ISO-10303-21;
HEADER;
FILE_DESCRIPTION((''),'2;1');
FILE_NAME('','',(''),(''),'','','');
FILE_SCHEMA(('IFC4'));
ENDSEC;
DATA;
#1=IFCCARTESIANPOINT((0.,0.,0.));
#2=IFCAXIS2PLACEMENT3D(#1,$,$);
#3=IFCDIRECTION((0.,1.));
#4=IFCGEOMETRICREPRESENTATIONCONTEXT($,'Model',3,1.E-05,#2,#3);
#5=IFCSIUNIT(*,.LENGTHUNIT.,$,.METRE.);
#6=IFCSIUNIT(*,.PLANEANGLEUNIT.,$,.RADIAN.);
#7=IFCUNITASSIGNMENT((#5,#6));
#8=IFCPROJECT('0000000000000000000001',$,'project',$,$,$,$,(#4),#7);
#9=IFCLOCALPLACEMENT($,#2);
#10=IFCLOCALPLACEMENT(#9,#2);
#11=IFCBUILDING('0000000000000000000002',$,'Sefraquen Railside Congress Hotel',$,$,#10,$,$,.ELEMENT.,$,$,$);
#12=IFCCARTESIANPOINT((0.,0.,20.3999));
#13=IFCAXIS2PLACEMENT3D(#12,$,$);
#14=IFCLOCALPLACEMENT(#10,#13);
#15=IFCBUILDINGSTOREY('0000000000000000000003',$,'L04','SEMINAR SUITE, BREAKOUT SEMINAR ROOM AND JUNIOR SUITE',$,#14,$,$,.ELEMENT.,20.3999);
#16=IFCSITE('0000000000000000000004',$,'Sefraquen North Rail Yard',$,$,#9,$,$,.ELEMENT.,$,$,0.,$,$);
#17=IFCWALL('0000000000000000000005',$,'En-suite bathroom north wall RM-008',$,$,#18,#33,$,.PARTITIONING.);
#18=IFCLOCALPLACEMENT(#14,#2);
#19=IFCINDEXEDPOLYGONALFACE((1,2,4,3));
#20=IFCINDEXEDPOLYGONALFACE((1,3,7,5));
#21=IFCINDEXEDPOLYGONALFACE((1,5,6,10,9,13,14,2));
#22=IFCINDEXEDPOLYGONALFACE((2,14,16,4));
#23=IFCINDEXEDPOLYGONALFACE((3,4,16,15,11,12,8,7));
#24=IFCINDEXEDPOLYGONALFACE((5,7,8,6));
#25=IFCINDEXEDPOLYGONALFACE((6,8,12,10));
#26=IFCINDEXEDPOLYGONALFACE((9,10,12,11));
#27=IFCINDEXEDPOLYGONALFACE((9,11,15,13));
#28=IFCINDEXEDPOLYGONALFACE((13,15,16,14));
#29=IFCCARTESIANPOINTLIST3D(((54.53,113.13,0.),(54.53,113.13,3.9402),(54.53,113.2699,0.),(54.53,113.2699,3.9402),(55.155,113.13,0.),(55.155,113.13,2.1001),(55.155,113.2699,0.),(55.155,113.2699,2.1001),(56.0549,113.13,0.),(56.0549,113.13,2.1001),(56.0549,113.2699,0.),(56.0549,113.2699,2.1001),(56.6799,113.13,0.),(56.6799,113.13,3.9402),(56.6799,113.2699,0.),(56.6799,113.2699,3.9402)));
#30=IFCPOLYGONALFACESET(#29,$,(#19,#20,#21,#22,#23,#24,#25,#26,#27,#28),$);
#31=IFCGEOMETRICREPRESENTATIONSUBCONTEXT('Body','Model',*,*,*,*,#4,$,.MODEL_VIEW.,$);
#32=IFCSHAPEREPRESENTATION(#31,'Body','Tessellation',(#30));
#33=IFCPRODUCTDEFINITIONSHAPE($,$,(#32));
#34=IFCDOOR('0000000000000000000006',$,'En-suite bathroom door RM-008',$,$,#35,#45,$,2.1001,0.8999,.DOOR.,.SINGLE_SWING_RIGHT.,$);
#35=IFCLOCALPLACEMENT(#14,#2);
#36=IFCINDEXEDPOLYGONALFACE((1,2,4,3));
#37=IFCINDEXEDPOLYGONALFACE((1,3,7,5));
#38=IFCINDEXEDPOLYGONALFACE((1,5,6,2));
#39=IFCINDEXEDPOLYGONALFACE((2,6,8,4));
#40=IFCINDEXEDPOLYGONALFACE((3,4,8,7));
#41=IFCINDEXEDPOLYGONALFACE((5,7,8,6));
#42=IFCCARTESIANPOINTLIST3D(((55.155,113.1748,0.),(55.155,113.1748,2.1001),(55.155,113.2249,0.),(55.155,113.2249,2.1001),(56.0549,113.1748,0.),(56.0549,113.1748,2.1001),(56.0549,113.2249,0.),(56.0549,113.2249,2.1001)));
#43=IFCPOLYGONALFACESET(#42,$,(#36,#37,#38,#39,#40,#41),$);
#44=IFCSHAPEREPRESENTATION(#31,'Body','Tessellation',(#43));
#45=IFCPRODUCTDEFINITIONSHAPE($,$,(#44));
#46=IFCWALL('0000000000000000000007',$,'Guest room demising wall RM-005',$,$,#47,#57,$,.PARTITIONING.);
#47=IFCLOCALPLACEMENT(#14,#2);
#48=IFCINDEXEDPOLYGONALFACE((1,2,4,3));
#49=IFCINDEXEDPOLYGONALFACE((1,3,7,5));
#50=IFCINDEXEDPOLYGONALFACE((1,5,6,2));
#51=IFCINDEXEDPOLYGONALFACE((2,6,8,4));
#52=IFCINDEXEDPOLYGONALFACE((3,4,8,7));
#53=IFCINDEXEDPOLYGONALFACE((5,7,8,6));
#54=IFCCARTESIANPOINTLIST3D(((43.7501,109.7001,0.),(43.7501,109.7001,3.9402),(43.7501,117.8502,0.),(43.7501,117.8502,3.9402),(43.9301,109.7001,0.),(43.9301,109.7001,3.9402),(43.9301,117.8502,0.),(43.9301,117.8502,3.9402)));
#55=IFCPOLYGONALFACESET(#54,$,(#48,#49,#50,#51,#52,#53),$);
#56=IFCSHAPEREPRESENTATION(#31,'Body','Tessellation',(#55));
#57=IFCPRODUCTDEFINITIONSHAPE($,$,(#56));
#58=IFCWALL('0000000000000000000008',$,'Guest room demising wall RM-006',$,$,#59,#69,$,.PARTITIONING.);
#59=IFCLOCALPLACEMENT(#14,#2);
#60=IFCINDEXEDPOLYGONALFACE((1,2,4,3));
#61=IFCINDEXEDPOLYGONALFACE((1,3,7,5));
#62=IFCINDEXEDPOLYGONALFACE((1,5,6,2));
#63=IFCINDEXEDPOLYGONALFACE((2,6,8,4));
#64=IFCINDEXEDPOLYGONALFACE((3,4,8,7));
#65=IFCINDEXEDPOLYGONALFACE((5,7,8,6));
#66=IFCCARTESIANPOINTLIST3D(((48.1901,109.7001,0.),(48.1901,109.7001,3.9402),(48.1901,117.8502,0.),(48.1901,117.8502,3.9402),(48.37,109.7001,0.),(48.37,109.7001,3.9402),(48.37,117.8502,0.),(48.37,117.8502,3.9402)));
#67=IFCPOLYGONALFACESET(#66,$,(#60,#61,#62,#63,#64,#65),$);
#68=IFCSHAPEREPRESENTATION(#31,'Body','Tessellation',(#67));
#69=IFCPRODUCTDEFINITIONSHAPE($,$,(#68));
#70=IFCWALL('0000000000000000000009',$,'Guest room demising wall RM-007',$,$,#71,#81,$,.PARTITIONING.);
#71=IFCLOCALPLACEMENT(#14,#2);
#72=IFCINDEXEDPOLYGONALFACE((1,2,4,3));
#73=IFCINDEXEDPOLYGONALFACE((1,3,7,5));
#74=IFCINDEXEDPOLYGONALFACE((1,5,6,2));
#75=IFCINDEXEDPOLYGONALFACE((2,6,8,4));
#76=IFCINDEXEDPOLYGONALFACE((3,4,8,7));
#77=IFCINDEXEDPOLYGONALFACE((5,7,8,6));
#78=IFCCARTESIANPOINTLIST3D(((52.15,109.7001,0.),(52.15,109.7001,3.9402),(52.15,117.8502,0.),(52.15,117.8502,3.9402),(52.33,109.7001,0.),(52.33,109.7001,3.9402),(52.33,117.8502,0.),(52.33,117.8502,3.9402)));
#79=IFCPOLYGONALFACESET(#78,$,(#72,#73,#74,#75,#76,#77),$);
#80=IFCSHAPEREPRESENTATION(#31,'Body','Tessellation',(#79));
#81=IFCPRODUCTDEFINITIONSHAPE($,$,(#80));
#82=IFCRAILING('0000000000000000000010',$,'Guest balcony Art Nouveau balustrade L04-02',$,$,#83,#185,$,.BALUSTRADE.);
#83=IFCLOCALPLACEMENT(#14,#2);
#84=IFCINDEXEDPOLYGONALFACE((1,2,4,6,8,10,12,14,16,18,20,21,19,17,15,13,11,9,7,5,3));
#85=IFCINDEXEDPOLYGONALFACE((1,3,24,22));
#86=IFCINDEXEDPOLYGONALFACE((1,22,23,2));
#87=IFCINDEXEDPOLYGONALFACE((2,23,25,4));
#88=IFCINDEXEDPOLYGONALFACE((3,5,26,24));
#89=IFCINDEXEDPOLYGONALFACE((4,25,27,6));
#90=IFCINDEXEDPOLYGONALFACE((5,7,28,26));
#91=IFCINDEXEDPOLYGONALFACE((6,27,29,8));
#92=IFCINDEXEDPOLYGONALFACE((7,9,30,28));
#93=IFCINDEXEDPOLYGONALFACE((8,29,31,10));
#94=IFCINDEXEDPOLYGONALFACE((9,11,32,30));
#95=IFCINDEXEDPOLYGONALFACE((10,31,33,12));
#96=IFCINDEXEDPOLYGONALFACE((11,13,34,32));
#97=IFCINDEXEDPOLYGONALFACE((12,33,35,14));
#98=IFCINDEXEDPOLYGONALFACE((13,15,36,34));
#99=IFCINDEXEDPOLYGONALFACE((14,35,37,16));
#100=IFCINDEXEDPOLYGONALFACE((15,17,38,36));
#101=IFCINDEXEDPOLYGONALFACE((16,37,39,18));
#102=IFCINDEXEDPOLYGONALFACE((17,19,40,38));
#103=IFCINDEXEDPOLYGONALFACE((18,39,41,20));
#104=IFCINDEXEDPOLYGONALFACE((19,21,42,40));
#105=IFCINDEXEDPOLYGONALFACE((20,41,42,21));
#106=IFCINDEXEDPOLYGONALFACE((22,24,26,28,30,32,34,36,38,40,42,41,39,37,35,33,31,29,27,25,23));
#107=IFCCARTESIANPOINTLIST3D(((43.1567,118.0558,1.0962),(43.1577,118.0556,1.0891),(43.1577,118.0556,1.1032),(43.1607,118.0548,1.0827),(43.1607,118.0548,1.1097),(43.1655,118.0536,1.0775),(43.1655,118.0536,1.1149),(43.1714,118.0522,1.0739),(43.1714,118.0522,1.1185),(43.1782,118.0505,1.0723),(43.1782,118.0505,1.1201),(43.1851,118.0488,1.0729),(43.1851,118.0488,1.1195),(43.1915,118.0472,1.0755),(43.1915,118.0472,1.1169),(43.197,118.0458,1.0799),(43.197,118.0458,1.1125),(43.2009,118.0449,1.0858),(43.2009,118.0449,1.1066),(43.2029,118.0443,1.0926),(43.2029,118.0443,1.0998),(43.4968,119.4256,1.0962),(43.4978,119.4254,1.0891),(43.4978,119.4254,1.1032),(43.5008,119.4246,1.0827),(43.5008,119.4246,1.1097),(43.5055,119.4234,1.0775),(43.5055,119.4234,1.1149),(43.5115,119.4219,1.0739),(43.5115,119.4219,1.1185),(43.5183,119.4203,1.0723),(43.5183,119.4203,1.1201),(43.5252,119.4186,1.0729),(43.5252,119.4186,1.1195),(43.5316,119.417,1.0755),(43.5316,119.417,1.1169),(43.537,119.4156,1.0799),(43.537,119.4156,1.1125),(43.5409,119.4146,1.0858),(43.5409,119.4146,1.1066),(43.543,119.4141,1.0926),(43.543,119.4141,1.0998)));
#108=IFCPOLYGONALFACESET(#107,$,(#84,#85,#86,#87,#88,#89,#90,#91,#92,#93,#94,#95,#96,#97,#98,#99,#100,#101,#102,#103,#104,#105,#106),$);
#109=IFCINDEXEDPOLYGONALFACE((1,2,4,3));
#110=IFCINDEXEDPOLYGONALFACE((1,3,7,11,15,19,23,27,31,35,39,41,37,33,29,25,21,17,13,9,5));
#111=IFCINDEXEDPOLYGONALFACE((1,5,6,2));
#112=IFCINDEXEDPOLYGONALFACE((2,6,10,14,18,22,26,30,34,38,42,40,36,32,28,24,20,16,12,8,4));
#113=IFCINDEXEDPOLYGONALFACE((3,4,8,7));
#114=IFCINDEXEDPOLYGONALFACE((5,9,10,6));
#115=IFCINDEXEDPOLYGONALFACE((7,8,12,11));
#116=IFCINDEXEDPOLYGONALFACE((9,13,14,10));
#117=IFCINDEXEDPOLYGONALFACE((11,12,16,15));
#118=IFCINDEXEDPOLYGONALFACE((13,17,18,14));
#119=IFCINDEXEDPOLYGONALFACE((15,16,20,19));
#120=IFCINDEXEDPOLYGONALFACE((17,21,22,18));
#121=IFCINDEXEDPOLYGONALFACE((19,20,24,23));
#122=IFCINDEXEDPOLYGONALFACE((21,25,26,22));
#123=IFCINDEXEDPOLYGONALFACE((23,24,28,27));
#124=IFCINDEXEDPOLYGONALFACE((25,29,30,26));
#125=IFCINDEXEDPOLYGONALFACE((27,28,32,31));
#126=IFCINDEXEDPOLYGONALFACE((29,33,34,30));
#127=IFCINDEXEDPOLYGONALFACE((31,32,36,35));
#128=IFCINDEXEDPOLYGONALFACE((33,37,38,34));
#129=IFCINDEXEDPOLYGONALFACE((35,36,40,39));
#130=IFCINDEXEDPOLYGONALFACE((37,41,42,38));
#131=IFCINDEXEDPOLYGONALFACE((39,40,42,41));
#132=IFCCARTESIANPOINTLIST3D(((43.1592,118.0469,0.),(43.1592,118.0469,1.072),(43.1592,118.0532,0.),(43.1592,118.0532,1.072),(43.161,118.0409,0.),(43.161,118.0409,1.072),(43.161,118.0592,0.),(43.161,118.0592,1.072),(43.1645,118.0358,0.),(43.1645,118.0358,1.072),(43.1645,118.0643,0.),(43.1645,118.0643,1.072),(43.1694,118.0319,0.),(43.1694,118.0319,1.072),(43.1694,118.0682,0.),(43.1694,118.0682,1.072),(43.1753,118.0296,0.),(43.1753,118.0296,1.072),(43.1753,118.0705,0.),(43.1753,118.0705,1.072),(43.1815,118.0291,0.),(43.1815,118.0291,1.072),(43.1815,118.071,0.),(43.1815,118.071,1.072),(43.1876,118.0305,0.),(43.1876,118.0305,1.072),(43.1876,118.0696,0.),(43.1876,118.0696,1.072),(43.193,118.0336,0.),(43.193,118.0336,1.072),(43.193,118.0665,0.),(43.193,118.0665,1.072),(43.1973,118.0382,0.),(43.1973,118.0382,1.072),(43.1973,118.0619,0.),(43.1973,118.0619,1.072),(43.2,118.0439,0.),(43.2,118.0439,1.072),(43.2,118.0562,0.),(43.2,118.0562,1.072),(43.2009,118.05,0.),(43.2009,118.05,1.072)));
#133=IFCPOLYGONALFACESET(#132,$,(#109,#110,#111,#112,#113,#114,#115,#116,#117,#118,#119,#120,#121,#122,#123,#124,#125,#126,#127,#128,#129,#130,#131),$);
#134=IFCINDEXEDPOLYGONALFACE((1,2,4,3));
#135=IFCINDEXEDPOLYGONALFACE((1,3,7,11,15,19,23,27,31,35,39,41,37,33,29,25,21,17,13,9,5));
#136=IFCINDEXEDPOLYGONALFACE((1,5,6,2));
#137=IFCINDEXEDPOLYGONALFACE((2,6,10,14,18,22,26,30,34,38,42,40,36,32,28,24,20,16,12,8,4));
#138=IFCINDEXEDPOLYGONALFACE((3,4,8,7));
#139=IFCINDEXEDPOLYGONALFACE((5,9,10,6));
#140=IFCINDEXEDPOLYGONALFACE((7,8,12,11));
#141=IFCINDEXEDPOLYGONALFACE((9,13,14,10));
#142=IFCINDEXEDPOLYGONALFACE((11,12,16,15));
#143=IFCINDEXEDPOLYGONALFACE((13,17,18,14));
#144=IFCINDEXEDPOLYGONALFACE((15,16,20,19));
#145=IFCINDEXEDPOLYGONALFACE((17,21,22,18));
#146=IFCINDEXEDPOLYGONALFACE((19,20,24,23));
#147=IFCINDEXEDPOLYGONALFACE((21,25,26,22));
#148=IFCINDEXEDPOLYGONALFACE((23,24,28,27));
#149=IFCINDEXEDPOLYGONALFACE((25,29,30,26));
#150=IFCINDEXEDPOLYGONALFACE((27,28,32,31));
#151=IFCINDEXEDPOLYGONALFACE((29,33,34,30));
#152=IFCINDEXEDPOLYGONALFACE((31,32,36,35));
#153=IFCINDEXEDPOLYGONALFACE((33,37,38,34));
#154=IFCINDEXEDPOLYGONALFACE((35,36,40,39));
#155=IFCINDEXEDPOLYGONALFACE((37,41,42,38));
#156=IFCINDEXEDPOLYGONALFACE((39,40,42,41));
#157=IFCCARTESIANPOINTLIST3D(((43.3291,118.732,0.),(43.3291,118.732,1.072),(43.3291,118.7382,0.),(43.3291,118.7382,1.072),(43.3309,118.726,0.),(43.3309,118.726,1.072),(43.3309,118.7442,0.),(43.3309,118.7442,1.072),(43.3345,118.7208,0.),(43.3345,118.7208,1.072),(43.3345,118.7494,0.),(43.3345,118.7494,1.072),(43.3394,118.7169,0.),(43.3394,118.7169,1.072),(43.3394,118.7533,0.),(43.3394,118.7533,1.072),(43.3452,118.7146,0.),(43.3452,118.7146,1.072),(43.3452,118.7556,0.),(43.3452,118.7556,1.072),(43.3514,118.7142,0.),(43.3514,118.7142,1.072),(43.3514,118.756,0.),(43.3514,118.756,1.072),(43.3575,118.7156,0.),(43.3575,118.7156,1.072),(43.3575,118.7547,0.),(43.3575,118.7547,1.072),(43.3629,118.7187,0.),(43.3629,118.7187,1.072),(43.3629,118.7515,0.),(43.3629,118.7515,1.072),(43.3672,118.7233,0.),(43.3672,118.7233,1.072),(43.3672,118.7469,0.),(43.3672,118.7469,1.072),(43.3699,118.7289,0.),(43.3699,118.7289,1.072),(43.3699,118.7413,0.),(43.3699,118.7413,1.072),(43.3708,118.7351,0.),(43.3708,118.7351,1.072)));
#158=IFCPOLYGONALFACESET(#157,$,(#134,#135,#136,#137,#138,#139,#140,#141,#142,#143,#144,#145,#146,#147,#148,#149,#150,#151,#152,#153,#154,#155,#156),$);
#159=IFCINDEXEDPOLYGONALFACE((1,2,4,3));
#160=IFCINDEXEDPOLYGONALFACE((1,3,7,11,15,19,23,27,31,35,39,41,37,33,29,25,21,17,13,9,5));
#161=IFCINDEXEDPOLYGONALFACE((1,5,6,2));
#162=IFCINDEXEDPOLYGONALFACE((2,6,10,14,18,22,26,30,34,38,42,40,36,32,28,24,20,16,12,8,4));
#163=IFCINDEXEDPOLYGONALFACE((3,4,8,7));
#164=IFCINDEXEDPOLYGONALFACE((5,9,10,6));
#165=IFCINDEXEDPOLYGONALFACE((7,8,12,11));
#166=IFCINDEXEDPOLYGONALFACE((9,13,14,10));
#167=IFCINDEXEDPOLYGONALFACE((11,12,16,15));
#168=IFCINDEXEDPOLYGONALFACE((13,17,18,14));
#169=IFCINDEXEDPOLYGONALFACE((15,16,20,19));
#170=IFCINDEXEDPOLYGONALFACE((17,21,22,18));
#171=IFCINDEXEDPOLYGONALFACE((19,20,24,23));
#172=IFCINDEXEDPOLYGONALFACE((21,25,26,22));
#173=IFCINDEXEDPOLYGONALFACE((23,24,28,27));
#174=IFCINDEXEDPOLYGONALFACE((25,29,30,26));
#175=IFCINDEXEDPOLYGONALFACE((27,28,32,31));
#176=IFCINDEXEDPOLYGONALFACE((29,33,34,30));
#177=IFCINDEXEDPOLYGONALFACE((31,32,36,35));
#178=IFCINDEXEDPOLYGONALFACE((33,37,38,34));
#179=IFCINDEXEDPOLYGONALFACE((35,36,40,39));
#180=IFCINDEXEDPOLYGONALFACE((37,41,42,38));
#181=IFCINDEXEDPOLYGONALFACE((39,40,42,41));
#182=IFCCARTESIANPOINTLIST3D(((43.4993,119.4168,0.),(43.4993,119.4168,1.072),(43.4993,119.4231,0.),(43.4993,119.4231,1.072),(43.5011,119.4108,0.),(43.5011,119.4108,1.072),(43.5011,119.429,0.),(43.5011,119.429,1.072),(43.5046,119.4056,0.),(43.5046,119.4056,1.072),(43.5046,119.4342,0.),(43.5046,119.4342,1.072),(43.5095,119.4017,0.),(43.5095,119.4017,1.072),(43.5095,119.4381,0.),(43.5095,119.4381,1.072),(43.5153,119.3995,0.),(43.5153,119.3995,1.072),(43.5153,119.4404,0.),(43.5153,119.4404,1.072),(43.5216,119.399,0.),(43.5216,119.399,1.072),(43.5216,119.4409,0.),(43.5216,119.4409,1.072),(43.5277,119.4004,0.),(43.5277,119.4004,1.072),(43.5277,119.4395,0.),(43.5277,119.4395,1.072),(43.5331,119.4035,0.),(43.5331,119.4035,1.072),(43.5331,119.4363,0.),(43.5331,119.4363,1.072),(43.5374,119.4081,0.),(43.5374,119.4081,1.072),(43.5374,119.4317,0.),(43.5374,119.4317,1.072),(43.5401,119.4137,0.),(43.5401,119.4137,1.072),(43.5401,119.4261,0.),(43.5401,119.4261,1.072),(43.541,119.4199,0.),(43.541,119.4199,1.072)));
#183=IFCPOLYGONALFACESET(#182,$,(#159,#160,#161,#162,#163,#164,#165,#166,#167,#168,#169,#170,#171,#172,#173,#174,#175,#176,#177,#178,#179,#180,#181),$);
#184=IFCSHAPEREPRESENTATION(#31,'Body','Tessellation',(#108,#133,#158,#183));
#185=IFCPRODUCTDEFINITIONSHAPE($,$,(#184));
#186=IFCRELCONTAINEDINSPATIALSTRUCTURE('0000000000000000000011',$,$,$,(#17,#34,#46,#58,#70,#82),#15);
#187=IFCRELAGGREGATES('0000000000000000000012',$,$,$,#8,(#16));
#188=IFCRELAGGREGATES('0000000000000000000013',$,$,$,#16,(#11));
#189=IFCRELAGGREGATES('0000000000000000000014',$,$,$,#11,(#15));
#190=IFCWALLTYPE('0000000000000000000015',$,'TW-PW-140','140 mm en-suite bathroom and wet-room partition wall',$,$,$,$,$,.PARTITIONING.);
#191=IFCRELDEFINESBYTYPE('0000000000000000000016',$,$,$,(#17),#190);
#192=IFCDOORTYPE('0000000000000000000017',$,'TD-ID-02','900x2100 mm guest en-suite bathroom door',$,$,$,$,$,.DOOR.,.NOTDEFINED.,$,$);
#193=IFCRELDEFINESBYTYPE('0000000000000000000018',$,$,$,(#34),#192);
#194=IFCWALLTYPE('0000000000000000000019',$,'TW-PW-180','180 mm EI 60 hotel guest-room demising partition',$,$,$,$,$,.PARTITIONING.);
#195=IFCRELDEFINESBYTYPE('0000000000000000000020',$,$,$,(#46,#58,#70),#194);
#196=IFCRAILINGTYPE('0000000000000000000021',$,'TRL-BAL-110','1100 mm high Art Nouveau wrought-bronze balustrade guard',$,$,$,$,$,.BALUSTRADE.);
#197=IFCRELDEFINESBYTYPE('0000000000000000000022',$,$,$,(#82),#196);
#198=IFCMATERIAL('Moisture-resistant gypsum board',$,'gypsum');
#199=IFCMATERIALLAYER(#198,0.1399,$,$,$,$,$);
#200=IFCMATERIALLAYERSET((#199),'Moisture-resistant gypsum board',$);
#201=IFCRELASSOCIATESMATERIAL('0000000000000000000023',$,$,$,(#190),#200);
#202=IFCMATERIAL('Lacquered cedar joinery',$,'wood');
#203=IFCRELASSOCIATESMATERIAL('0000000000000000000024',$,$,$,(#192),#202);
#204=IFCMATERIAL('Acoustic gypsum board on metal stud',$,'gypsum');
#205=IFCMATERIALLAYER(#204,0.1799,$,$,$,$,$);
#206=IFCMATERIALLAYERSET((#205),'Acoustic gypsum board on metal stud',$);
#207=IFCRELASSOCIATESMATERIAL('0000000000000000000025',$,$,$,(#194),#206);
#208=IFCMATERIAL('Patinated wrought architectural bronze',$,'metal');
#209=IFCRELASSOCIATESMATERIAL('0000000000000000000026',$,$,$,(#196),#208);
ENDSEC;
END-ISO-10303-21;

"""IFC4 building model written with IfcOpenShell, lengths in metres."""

from ifc_helpers import new_model, si_unit, direction, frame, frame_2d, origin, origin_2d, place, context, subcontext, project, spatial, rectangle, circle, extrude, material, layer, layer_set, type_object, element, fill, save


model = new_model("IFC4")

# Units and contexts
model_context = context("Model", 3, precision=1e-05, world=origin(), true_north=direction((0.0, 1.0)))
body_context = subcontext(model_context, "Body", "Model", "MODEL_VIEW")
ifc_project = project(units=[si_unit("LENGTHUNIT", "METRE"), si_unit("PLANEANGLEUNIT", "RADIAN")], contexts=[model_context])

# Site, building, storey
site_placement = place(None, origin())
site = spatial("IfcSite", under=ifc_project, at=site_placement, Name="Sefraquen North Rail Yard", CompositionType="ELEMENT", RefElevation=0.0)
building_placement = place(site_placement, origin())
building = spatial("IfcBuilding", under=site, at=building_placement, Name="Sefraquen Railside Congress Hotel", CompositionType="ELEMENT")
storey_placement = place(building_placement, frame((0.0, 0.0, 20.3999)))
storey = spatial("IfcBuildingStorey", under=building, at=storey_placement, Name="L04", Description="SEMINAR SUITE, BREAKOUT SEMINAR ROOM AND JUNIOR SUITE", CompositionType="ELEMENT", Elevation=20.3999)

# Shared definitions
ifc_material_1 = material(Name="Moisture-resistant gypsum board", Category="gypsum")
ifc_layer_1 = layer(ifc_material_1, 0.1399)
ifc_layer_set_1 = layer_set([ifc_layer_1], Name="Moisture-resistant gypsum board")
wall_type_1 = type_object("IfcWallType", Name="TW-PW-140", Description="140 mm en-suite bathroom and wet-room partition wall", PredefinedType="PARTITIONING", material=ifc_layer_set_1)

# Shared definitions
ifc_material_2 = material(Name="Lacquered cedar joinery", Category="wood")
door_type = type_object("IfcDoorType", Name="TD-ID-02", Description="900x2100 mm guest en-suite bathroom door", OperationType="NOTDEFINED", PredefinedType="DOOR", material=ifc_material_2)

# Wall, opening, door
wall_1_placement = place(storey_placement, frame((54.53, 113.2, 0.0), z_axis=(0.0, 0.0, 1.0), x_axis=(1.0, 0.0, 0.0)))
wall_1 = element("IfcWall", 1, at=wall_1_placement, inside=storey, type_object=wall_type_1, Name="En-suite bathroom north wall RM-008", PredefinedType="PARTITIONING", context=body_context, shape_type="SweptSolid", body=[
    extrude(rectangle(XDim=2.1499, YDim=0.1399, at=frame_2d((1.075, 0.0))), origin(), (0.0, 0.0, 1.0), 3.9402),
])
opening_1_placement = place(wall_1_placement, frame((0.625, 0.0, 0.0)))
opening_1 = element("IfcOpeningElement", 2, at=opening_1_placement, cuts=wall_1, PredefinedType="OPENING", context=body_context, shape_type="SweptSolid", body=[
    extrude(rectangle(XDim=0.8999, YDim=2.1001, at=frame_2d((0.45, 1.05))), frame((0.0, 0.0798, 0.0), z_axis=(0.0, -1.0, 0.0), x_axis=(1.0, 0.0, 0.0)), (0.0, 0.0, 1.0), 0.1599),
])
door_1_placement = place(opening_1_placement, origin())
door_1 = element("IfcDoor", 3, at=door_1_placement, inside=storey, type_object=door_type, Name="En-suite bathroom door RM-008", OperationType="SINGLE_SWING_RIGHT", OverallHeight=2.1001, OverallWidth=0.8999, PredefinedType="DOOR", context=body_context, shape_type="SweptSolid", body=[
    extrude(rectangle(XDim=0.8999, YDim=2.1001, at=frame_2d((0.45, 1.05))), frame((0.0, 0.0249, 0.0), z_axis=(0.0, -1.0, 0.0), x_axis=(1.0, 0.0, 0.0)), (0.0, 0.0, 1.0), 0.05),
])
fill(opening_1, door_1)

# Walls
ifc_material_3 = material(Name="Acoustic gypsum board on metal stud", Category="gypsum")
ifc_layer_2 = layer(ifc_material_3, 0.1799)
ifc_layer_set_2 = layer_set([ifc_layer_2], Name="Acoustic gypsum board on metal stud")
wall_type_2 = type_object("IfcWallType", Name="TW-PW-180", Description="180 mm EI 60 hotel guest-room demising partition", PredefinedType="PARTITIONING", material=ifc_layer_set_2)
for number, where, z_axis, x_axis, name in (
    (4, (43.8401, 109.7, 0.0), (0.0, 0.0, 1.0), (0.0, 1.0, 0.0), "Guest room demising wall RM-005"),
    (5, (48.28, 109.7, 0.0), (0.0, 0.0, 1.0), (0.0, 1.0, 0.0), "Guest room demising wall RM-006"),
    (6, (52.24, 109.7, 0.0), (0.0, 0.0, 1.0), (0.0, 1.0, 0.0), "Guest room demising wall RM-007"),
):
    element("IfcWall", number, at=place(storey_placement, frame(where, z_axis=z_axis, x_axis=x_axis)), inside=storey, type_object=wall_type_2, Name=name, PredefinedType="PARTITIONING", context=body_context, shape_type="SweptSolid", body=[
        extrude(rectangle(XDim=8.1501, YDim=0.1799, at=frame_2d((4.0752, 0.0))), origin(), (0.0, 0.0, 1.0), 3.9402),
    ])

# Railing
ifc_material_4 = material(Name="Patinated wrought architectural bronze", Category="metal")
railing_type = type_object("IfcRailingType", Name="TRL-BAL-110", Description="1100 mm high Art Nouveau wrought-bronze balustrade guard", PredefinedType="BALUSTRADE", material=ifc_material_4)
railing_1_placement = place(storey_placement, frame((43.1799, 118.05, 0.0)))
element("IfcRailing", 7, at=railing_1_placement, inside=storey, type_object=railing_type, Name="Guest balcony Art Nouveau balustrade L04-02", PredefinedType="BALUSTRADE", context=body_context, shape_type="SweptSolid", body=[
    extrude(circle(Radius=0.0239, at=origin_2d()), frame((0.0, 0.0, 1.0962), z_axis=(0.240948, 0.970538, 0.0), x_axis=(-0.970538, 0.240948, 0.0)), (0.0, 0.0, 1.0), 1.4114),
    extrude(circle(Radius=0.021, at=origin_2d()), origin(), (0.0, 0.0, 1.0), 1.072),
    extrude(circle(Radius=0.021, at=origin_2d()), frame((0.1699, 0.6851, 0.0)), (0.0, 0.0, 1.0), 1.072),
    extrude(circle(Radius=0.021, at=origin_2d()), frame((0.3401, 1.3699, 0.0)), (0.0, 0.0, 1.0), 1.072),
])

save(model, "model.ifc")
